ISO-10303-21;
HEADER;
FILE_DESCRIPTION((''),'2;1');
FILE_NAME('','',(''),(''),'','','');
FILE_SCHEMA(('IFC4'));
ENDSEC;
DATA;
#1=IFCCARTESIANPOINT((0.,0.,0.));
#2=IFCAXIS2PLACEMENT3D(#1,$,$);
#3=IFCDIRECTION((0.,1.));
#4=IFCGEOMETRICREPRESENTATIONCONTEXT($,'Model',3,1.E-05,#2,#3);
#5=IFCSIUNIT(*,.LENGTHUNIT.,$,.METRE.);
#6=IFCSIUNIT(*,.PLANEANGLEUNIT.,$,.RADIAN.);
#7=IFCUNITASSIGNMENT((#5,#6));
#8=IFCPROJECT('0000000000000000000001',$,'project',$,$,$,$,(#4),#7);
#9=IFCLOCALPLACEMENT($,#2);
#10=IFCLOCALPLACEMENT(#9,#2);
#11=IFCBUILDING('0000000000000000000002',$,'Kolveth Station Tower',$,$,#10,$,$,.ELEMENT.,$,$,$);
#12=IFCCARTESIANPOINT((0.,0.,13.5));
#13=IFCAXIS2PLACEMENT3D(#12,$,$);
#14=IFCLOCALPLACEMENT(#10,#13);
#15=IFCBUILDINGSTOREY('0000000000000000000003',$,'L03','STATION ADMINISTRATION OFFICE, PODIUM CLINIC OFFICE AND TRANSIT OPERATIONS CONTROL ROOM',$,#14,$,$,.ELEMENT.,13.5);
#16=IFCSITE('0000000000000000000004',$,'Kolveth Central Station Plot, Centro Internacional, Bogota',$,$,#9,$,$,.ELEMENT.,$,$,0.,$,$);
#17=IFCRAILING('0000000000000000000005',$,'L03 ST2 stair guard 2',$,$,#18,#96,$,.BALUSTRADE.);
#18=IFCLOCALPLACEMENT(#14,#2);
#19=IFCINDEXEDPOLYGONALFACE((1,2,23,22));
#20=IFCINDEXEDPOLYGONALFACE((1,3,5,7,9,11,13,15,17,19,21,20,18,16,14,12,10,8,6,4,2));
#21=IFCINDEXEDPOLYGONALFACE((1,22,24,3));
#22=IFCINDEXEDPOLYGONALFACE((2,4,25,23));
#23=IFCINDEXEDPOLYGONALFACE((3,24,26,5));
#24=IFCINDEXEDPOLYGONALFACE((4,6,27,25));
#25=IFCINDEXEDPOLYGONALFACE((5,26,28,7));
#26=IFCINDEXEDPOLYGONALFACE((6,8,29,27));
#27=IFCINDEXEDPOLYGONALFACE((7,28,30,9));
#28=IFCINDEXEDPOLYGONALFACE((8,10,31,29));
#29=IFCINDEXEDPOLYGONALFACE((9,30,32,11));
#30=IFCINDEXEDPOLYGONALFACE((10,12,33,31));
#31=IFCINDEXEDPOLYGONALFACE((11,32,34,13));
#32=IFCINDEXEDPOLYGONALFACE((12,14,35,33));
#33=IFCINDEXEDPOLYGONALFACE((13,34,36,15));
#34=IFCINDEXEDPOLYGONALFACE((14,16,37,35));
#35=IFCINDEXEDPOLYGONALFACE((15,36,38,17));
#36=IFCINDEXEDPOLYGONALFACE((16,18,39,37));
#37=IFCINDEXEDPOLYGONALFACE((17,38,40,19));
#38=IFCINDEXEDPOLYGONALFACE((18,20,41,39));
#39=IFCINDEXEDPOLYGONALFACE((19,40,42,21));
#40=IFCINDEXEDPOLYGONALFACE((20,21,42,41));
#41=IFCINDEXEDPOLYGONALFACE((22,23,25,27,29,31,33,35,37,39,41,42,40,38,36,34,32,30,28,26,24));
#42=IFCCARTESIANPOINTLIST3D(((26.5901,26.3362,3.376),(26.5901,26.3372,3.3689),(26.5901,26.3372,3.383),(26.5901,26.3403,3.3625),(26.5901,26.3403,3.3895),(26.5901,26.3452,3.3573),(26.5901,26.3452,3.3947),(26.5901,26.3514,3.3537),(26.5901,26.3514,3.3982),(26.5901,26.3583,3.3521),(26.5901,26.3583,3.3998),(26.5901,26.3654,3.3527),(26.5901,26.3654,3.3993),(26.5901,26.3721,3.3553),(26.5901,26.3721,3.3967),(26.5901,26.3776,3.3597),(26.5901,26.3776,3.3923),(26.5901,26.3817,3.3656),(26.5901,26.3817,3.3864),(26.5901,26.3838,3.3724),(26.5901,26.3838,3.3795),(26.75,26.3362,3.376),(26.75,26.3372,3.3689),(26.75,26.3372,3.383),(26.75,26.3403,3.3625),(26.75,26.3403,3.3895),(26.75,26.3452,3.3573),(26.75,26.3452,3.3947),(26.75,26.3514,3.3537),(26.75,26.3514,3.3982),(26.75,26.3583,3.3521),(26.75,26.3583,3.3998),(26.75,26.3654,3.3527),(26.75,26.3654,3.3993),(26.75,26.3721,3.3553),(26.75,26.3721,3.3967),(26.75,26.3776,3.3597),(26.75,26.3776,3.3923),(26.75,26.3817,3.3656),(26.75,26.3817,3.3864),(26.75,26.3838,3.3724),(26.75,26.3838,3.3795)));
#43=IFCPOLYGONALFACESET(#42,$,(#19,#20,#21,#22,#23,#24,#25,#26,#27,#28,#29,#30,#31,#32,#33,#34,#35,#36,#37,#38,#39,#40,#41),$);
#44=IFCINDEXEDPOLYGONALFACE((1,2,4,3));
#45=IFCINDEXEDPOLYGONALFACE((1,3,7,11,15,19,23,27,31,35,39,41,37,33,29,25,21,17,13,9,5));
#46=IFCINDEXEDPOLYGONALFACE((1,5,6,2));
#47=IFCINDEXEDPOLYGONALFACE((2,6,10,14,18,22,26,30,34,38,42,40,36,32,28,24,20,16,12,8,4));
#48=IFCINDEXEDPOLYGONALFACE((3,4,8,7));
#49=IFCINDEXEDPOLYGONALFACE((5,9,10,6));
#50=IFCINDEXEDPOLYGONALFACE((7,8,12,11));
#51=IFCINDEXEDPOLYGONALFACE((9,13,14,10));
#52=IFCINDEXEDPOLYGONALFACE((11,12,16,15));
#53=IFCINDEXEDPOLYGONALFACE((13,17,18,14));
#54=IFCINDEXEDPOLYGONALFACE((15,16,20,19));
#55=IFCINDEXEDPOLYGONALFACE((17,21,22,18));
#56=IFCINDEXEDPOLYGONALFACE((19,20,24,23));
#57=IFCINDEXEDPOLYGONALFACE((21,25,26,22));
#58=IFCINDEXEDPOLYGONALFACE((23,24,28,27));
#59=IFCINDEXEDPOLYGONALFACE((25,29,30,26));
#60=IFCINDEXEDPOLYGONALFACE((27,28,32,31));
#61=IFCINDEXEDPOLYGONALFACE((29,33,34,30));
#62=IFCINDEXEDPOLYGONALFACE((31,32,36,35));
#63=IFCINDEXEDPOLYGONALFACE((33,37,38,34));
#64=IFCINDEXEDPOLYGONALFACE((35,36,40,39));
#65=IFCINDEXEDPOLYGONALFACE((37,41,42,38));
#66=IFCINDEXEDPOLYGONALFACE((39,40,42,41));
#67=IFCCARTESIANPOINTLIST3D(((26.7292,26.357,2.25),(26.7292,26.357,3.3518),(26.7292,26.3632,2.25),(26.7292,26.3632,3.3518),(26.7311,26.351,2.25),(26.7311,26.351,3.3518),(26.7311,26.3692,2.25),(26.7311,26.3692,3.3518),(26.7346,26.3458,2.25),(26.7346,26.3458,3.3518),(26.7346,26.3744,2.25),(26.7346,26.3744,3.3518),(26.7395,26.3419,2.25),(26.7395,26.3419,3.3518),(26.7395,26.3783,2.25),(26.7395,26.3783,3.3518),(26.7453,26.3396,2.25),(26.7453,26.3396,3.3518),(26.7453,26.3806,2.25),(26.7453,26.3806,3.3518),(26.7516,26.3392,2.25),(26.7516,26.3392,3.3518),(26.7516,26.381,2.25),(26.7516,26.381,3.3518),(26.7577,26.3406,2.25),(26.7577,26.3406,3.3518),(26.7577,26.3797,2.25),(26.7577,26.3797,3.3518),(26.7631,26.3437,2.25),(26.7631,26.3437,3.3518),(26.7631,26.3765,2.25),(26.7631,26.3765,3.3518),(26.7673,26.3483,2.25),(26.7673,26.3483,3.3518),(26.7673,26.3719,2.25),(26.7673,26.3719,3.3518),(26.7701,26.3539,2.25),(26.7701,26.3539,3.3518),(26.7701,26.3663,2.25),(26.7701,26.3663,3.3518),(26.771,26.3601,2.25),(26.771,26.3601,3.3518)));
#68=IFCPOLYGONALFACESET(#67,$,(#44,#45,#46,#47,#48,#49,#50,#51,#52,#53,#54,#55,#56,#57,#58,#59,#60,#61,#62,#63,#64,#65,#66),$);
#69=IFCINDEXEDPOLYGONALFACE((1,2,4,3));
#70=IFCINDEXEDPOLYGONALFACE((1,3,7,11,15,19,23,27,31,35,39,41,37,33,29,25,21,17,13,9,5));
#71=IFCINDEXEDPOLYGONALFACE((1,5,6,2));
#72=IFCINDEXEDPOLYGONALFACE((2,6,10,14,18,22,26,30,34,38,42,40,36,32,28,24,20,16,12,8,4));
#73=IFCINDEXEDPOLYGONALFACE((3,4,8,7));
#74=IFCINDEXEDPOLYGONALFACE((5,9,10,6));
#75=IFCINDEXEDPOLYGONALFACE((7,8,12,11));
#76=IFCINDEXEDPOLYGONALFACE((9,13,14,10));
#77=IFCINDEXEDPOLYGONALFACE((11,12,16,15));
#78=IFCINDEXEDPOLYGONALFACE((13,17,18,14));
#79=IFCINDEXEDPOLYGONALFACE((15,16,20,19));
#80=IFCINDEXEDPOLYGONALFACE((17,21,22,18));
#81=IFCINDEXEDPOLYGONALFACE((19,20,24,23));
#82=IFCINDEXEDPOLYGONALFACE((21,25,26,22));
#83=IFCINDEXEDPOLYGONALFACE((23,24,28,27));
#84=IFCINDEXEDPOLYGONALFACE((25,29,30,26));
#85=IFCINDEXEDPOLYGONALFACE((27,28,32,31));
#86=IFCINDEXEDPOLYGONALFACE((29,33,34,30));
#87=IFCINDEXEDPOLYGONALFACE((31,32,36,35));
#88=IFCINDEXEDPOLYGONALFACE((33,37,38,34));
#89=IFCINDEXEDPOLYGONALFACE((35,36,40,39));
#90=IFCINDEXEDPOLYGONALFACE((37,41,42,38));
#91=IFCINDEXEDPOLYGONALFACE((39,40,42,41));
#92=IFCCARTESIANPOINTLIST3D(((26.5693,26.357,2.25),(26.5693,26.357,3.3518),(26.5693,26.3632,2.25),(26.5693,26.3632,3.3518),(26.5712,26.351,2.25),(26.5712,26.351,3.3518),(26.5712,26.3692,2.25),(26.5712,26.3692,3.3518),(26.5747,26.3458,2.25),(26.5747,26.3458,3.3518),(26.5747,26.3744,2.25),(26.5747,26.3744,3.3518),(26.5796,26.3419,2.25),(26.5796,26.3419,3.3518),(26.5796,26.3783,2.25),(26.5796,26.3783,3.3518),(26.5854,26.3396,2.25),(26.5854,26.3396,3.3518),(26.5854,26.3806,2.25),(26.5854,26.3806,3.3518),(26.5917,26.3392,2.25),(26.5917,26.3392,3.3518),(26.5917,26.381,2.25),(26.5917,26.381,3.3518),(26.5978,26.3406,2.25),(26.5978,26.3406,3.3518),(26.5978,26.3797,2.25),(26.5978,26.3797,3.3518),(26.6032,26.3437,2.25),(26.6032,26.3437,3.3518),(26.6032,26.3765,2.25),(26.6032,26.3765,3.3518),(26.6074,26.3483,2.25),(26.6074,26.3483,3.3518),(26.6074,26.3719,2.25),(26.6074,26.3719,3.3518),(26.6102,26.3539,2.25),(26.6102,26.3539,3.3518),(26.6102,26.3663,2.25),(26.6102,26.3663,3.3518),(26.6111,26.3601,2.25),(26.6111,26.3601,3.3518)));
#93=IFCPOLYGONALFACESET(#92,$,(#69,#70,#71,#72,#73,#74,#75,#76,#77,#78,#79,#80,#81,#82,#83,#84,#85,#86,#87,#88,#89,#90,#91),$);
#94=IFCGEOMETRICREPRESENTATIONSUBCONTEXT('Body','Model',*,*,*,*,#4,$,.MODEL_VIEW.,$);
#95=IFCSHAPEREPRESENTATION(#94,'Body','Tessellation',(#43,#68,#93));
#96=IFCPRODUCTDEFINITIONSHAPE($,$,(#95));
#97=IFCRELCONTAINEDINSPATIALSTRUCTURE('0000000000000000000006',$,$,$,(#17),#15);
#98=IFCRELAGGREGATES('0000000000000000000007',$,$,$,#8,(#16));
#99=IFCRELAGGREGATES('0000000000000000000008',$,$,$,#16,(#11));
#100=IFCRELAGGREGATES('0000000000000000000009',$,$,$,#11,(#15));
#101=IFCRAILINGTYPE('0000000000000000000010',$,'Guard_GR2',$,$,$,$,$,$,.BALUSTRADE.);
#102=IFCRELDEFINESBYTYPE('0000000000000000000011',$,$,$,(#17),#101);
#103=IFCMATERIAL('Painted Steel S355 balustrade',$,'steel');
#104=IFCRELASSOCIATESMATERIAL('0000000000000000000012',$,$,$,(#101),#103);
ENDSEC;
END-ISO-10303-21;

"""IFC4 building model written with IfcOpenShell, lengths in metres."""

from ifc_helpers import new_model, si_unit, direction, frame, origin, origin_2d, place, context, subcontext, project, spatial, circle, extrude, material, type_object, element, save


model = new_model("IFC4")

# Units and contexts
model_context = context("Model", 3, precision=1e-05, world=origin(), true_north=direction((0.0, 1.0)))
body_context = subcontext(model_context, "Body", "Model", "MODEL_VIEW")
ifc_project = project(units=[si_unit("LENGTHUNIT", "METRE"), si_unit("PLANEANGLEUNIT", "RADIAN")], contexts=[model_context])

# Site, building, storey
site_placement = place(None, origin())
site = spatial("IfcSite", under=ifc_project, at=site_placement, Name="Kolveth Central Station Plot, Centro Internacional, Bogota", CompositionType="ELEMENT", RefElevation=0.0)
building_placement = place(site_placement, origin())
building = spatial("IfcBuilding", under=site, at=building_placement, Name="Kolveth Station Tower", CompositionType="ELEMENT")
storey_placement = place(building_placement, frame((0.0, 0.0, 13.5)))
storey = spatial("IfcBuildingStorey", under=building, at=storey_placement, Name="L03", Description="STATION ADMINISTRATION OFFICE, PODIUM CLINIC OFFICE AND TRANSIT OPERATIONS CONTROL ROOM", CompositionType="ELEMENT", Elevation=13.5)

# Railing
ifc_material_1 = material(Name="Painted Steel S355 balustrade", Category="steel")
railing_type_1 = type_object("IfcRailingType", Name="Guard_GR2", PredefinedType="BALUSTRADE", material=ifc_material_1)
railing_1_placement = place(storey_placement, frame((26.75, 26.3601, 2.25)))
element("IfcRailing", 1, at=railing_1_placement, inside=storey, type_object=railing_type_1, Name="L03 ST2 stair guard 2", PredefinedType="BALUSTRADE", context=body_context, shape_type="SweptSolid", body=[
    extrude(circle(Radius=0.0239, at=origin_2d()), frame((0.0, 0.0, 1.126), z_axis=(-1.0, 0.0, 0.0), x_axis=(0.0, -1.0, 0.0)), (0.0, 0.0, 1.0), 0.1599),
    extrude(circle(Radius=0.021, at=origin_2d()), origin(), (0.0, 0.0, 1.0), 1.1018),
    extrude(circle(Radius=0.021, at=origin_2d()), frame((-0.1599, 0.0, 0.0)), (0.0, 0.0, 1.0), 1.1018),
])

save(model, "model.ifc")
